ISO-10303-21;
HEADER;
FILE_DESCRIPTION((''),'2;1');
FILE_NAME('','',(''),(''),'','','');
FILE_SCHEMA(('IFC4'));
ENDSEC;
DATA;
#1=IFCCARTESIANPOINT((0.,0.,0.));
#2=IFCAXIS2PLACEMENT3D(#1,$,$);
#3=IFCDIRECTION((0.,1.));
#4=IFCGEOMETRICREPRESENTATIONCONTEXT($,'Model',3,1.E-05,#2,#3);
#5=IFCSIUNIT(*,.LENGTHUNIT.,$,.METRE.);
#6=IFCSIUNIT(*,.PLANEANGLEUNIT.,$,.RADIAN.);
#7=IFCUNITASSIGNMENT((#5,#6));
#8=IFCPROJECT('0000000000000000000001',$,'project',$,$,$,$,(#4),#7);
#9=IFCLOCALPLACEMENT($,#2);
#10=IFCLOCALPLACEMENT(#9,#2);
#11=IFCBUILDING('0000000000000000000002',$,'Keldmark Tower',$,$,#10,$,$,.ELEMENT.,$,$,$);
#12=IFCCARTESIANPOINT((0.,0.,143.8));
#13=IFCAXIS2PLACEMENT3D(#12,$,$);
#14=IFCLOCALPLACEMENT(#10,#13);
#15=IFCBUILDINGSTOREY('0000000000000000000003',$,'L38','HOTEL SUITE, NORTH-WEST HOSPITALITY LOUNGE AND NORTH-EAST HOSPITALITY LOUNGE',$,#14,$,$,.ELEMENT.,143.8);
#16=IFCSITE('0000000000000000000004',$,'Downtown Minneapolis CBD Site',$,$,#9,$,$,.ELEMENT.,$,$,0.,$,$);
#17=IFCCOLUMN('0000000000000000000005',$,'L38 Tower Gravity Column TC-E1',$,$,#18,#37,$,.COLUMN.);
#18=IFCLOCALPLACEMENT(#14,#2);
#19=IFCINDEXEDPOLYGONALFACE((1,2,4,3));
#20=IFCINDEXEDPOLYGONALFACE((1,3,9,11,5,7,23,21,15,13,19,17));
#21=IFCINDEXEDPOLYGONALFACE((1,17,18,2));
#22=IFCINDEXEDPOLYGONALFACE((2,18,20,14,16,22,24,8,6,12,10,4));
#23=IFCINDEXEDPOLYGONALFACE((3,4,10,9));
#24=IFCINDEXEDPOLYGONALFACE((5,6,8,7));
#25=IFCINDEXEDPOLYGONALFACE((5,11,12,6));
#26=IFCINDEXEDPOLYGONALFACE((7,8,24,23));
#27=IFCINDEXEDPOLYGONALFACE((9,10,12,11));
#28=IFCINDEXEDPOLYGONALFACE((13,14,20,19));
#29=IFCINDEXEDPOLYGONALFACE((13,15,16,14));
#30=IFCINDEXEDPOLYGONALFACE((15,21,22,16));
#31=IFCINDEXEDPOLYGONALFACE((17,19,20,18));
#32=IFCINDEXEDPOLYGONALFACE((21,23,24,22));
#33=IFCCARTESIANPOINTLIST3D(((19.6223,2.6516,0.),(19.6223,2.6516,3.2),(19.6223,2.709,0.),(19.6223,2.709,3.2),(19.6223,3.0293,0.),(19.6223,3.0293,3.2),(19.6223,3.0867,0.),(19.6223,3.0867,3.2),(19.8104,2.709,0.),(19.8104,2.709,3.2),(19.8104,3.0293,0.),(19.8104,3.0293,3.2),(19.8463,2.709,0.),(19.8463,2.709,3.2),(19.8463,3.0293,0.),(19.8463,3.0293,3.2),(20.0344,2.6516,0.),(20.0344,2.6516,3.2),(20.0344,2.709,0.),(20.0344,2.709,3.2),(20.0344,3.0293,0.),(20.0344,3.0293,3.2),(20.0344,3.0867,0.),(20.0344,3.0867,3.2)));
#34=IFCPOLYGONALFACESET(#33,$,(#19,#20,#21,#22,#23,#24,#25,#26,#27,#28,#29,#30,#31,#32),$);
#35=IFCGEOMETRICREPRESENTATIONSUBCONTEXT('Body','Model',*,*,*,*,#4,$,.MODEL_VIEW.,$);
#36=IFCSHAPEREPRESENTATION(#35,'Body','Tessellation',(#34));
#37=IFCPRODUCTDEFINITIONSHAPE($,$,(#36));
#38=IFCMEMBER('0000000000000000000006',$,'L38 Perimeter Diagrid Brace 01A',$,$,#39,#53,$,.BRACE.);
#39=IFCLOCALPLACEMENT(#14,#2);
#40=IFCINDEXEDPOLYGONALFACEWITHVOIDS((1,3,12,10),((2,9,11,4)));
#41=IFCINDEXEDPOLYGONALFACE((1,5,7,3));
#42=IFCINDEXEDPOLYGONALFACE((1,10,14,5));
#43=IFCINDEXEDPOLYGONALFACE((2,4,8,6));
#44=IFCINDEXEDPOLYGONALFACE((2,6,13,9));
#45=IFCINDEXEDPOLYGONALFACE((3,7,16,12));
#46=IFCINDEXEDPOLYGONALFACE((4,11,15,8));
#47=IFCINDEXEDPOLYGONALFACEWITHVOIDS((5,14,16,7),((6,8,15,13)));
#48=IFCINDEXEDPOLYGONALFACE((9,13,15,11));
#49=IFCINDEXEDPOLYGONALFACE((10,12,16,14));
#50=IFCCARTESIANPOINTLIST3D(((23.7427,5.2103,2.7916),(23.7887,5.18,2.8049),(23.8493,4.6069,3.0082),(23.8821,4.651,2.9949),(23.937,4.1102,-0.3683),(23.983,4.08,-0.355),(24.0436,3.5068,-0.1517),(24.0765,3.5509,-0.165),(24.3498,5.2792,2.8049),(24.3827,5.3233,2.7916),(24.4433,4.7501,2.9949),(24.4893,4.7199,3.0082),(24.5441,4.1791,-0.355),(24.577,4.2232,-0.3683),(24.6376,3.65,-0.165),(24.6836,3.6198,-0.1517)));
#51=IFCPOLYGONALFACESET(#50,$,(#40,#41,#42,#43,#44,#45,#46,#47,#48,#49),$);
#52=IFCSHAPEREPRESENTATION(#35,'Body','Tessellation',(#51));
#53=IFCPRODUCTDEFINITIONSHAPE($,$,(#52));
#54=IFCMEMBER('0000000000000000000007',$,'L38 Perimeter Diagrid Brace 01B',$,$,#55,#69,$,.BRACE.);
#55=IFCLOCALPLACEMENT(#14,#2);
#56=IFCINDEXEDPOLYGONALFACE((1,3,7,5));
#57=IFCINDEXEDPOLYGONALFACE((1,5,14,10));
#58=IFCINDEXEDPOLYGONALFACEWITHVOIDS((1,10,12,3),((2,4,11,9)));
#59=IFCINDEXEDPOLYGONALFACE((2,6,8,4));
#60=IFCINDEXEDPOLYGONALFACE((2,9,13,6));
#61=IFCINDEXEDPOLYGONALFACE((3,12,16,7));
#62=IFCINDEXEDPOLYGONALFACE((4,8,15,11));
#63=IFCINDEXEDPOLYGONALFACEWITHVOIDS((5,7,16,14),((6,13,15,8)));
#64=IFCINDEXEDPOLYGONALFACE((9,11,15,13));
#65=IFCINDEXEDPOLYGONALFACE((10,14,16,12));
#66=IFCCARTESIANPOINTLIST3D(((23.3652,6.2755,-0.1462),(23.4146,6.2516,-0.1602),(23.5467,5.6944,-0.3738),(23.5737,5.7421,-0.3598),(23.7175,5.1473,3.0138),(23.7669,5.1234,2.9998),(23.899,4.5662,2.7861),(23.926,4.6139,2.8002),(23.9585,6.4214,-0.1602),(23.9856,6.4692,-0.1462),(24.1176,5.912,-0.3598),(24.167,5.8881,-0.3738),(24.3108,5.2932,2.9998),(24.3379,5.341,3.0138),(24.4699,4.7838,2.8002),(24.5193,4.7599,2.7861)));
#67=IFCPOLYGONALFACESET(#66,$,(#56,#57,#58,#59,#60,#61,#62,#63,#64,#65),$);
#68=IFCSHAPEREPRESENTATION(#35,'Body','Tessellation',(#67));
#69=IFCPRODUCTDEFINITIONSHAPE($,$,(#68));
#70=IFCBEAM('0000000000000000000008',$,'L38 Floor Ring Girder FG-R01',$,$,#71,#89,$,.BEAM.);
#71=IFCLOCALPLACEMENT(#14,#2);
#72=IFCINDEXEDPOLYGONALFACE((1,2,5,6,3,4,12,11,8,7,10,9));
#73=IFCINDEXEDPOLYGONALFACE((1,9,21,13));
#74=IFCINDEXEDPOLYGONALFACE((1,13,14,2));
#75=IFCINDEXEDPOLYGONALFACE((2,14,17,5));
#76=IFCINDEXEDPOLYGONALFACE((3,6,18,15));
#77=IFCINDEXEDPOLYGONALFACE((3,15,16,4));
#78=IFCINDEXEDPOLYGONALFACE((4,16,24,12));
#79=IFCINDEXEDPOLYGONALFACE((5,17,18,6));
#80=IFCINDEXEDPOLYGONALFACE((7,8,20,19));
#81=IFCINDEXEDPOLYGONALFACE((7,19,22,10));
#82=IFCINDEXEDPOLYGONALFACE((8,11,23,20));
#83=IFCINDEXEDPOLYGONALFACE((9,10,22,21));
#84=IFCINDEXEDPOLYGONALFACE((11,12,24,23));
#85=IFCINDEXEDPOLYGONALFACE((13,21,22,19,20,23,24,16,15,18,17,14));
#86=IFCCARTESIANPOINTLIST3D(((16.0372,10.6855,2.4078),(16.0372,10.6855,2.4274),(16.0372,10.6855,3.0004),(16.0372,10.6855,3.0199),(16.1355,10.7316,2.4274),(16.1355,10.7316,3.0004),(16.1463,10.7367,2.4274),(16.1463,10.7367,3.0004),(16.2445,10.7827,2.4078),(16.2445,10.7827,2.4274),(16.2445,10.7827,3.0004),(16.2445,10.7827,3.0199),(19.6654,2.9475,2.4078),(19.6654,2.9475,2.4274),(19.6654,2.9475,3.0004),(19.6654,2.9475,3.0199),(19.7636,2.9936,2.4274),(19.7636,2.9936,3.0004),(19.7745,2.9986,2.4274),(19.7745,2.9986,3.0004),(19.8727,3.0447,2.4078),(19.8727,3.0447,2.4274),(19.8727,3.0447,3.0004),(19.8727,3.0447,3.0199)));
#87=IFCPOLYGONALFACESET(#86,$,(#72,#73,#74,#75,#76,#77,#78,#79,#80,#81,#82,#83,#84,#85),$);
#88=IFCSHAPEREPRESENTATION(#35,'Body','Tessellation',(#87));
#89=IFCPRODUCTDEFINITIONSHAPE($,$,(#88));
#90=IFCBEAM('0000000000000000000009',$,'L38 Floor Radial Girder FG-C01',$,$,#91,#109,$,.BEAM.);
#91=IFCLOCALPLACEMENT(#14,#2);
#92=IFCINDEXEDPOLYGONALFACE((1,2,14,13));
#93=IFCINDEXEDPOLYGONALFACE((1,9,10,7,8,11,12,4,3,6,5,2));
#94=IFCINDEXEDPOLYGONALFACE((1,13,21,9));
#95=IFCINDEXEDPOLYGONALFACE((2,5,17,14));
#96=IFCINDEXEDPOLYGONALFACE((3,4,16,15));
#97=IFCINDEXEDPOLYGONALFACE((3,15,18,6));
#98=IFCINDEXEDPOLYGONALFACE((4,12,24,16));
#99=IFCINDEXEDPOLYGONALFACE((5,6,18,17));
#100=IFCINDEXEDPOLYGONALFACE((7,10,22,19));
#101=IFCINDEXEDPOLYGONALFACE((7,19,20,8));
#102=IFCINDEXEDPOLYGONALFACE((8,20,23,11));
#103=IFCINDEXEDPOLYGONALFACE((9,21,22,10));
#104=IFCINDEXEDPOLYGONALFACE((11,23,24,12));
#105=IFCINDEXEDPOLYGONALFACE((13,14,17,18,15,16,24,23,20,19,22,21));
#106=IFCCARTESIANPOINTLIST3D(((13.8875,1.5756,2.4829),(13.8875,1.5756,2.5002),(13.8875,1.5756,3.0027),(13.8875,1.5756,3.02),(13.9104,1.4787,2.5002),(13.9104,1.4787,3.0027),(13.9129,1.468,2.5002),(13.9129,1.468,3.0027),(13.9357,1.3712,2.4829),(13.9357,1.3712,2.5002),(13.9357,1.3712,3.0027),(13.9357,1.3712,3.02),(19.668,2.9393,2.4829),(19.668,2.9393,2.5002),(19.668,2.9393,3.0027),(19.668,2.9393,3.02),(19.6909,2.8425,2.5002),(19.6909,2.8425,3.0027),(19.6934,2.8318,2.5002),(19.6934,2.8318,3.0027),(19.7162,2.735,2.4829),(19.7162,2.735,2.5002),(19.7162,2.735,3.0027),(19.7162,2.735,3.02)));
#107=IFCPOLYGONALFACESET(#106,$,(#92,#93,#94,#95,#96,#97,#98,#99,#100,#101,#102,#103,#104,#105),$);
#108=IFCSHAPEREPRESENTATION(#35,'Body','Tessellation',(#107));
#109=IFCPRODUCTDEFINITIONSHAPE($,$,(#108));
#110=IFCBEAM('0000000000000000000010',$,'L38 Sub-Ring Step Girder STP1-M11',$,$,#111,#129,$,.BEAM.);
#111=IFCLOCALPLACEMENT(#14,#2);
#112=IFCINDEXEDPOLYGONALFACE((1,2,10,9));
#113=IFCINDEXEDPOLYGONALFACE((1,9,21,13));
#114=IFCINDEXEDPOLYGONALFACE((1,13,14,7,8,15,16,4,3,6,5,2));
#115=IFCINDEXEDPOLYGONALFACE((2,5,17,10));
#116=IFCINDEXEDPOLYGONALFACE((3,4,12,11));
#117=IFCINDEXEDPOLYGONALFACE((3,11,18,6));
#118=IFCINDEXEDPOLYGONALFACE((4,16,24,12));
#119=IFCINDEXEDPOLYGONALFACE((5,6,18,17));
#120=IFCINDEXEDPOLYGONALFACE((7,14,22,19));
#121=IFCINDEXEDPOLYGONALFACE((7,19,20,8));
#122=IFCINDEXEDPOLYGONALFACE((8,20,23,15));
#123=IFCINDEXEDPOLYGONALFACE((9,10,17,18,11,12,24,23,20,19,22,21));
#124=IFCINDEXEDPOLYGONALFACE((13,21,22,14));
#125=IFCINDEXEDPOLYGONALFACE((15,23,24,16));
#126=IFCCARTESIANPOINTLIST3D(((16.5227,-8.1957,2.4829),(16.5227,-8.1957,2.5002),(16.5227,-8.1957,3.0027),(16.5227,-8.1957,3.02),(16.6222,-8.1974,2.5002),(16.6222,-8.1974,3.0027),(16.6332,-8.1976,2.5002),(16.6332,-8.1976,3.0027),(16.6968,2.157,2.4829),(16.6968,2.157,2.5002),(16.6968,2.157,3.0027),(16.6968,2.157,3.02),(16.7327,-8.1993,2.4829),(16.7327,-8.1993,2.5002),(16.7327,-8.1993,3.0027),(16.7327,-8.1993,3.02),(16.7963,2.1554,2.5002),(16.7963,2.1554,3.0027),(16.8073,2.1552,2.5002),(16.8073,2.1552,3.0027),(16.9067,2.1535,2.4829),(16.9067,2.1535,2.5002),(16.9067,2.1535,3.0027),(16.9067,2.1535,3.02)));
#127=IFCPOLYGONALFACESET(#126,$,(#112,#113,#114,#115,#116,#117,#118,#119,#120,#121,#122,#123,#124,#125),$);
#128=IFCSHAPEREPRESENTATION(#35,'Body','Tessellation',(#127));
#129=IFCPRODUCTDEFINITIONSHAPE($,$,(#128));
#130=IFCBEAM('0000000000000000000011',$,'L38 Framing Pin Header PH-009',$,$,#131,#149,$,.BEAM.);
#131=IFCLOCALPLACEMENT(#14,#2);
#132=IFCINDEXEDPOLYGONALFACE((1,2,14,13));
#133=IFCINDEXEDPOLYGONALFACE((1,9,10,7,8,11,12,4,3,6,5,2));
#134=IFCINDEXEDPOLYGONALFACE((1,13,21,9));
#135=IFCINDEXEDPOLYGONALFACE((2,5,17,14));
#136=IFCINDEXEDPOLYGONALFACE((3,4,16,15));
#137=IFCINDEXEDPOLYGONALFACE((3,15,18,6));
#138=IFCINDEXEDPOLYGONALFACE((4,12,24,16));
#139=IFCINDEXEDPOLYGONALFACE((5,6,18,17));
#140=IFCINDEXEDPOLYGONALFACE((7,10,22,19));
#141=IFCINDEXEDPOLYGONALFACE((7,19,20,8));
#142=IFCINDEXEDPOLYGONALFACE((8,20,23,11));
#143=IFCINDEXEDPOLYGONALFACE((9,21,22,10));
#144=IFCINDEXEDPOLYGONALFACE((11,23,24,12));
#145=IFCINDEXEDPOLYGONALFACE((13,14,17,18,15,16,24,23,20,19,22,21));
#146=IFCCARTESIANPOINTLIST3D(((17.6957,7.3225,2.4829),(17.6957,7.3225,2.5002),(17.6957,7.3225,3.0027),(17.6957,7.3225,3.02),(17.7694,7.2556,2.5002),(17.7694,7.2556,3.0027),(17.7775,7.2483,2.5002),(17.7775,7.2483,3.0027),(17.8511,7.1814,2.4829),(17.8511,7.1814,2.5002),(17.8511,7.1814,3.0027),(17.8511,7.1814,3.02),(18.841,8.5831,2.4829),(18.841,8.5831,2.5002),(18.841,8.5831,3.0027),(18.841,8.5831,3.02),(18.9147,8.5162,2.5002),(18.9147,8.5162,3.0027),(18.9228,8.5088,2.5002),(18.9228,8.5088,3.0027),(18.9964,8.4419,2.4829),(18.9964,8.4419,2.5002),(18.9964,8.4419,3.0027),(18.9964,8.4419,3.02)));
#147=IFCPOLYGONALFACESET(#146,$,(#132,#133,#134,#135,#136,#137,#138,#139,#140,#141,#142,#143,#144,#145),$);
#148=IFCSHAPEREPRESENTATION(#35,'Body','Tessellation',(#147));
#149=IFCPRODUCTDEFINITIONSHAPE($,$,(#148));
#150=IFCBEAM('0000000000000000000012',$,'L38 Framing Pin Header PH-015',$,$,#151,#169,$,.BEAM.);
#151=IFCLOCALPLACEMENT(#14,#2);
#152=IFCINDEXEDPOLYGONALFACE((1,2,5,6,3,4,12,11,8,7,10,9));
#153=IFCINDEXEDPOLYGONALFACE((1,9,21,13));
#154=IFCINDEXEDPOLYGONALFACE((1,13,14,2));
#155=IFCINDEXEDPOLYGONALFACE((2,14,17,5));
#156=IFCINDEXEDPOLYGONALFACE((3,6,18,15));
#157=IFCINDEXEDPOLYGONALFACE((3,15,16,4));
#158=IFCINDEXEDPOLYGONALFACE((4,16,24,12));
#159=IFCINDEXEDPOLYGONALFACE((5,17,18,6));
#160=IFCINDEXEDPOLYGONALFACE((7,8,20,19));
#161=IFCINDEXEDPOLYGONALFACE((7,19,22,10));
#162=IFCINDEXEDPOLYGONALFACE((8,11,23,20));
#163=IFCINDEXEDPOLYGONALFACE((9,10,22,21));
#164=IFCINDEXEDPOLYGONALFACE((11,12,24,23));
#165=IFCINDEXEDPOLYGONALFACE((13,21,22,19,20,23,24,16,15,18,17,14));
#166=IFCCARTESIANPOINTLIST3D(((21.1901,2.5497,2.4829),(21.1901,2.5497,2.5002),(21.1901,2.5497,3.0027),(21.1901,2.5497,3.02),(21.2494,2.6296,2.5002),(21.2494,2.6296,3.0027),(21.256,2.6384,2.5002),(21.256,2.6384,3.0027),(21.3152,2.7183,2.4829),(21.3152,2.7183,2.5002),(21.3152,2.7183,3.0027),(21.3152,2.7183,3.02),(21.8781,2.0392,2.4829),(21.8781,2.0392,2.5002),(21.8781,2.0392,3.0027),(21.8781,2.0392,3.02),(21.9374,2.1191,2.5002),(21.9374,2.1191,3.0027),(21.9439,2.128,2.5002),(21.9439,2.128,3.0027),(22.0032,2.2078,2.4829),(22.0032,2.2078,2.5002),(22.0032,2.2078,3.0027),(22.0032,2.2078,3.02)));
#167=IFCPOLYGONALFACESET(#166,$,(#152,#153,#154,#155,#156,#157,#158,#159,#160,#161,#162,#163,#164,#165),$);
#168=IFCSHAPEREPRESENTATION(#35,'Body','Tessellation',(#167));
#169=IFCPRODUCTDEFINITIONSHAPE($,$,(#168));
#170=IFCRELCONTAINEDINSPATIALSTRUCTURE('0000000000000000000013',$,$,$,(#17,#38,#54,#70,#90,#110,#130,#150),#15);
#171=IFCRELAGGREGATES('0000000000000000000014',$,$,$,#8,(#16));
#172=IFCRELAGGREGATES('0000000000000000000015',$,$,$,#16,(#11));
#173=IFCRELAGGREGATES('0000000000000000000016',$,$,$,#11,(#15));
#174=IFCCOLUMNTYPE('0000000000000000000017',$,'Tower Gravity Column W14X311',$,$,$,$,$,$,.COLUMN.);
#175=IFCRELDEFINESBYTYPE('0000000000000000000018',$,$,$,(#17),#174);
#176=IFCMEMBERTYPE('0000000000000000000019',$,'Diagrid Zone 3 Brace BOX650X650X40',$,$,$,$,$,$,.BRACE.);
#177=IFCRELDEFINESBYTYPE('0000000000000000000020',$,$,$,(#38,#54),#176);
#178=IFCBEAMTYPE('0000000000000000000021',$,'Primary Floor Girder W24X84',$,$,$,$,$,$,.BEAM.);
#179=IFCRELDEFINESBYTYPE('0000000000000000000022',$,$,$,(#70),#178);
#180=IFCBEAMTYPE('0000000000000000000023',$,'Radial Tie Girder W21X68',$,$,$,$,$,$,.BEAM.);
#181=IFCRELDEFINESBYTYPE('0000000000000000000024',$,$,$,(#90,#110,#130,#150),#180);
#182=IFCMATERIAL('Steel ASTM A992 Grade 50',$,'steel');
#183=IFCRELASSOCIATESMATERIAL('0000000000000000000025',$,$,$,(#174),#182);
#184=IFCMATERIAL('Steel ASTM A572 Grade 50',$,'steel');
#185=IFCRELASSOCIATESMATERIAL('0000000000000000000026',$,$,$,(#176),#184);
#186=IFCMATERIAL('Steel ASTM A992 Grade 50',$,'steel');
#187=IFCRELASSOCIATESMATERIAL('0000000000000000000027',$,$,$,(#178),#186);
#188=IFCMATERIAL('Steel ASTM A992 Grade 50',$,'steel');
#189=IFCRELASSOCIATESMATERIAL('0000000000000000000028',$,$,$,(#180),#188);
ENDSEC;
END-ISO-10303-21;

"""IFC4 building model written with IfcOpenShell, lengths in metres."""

from ifc_helpers import new_model, si_unit, direction, frame, origin, origin_2d, place, context, subcontext, project, spatial, hollow_rectangle, i_section, extrude, material, material_profile, profile_set, type_object, element, save


model = new_model("IFC4")

# Units and contexts
model_context = context("Model", 3, precision=1e-05, world=origin(), true_north=direction((0.0, 1.0)))
body_context = subcontext(model_context, "Body", "Model", "MODEL_VIEW")
ifc_project = project(units=[si_unit("LENGTHUNIT", "METRE"), si_unit("PLANEANGLEUNIT", "RADIAN")], contexts=[model_context])

# Site, building, storey
site_placement = place(None, origin())
site = spatial("IfcSite", under=ifc_project, at=site_placement, Name="Downtown Minneapolis CBD Site", CompositionType="ELEMENT", RefElevation=0.0)
building_placement = place(site_placement, origin())
building = spatial("IfcBuilding", under=site, at=building_placement, Name="Keldmark Tower", CompositionType="ELEMENT")
storey_placement = place(building_placement, frame((0.0, 0.0, 143.8)))
storey = spatial("IfcBuildingStorey", under=building, at=storey_placement, Name="L38", Description="HOTEL SUITE, NORTH-WEST HOSPITALITY LOUNGE AND NORTH-EAST HOSPITALITY LOUNGE", CompositionType="ELEMENT", Elevation=143.8)

# Column
ifc_material_1 = material(Name="Steel ASTM A992 Grade 50", Category="steel")
ifc_material_profile_1 = material_profile(ifc_material_1, i_section(OverallWidth=0.4121, OverallDepth=0.4351, WebThickness=0.0359, FlangeThickness=0.0574, at=origin_2d()), Name="W14X311")
ifc_profile_set_1 = profile_set([ifc_material_profile_1], Name="Steel ASTM A992 Grade 50")
column_type = type_object("IfcColumnType", Name="Tower Gravity Column W14X311", PredefinedType="COLUMN", material=ifc_profile_set_1)
column_placement = place(storey_placement, frame((19.8284, 2.8691, 0.0), z_axis=(0.0, 0.0, 1.0), x_axis=(1.0, 0.0, 0.0)))
element("IfcColumn", 1, at=column_placement, inside=storey, type_object=column_type, Name="L38 Tower Gravity Column TC-E1", PredefinedType="COLUMN", context=body_context, shape_type="SweptSolid", body=[
    extrude(i_section(OverallWidth=0.4121, OverallDepth=0.4351, WebThickness=0.0359, FlangeThickness=0.0574, at=origin_2d()), origin(), (0.0, 0.0, 1.0), 3.2),
])

# Members
ifc_material_2 = material(Name="Steel ASTM A572 Grade 50", Category="steel")
ifc_material_profile_2 = material_profile(ifc_material_2, hollow_rectangle(XDim=0.6499, YDim=0.6499, WallThickness=0.04, at=origin_2d()), Name="BOX650X650X40")
ifc_profile_set_2 = profile_set([ifc_material_profile_2], Name="Steel ASTM A572 Grade 50")
member_type = type_object("IfcMemberType", Name="Diagrid Zone 3 Brace BOX650X650X40", PredefinedType="BRACE", material=ifc_profile_set_2)
member_1_placement = place(storey_placement, frame((24.3103, 3.865, -0.26), z_axis=(-0.057984, 0.328233, 0.942815), x_axis=(-0.984753, -0.17396, 0.0)))
element("IfcMember", 2, at=member_1_placement, inside=storey, type_object=member_type, Name="L38 Perimeter Diagrid Brace 01A", PredefinedType="BRACE", context=body_context, shape_type="SweptSolid", body=[
    extrude(hollow_rectangle(XDim=0.6499, YDim=0.6499, WallThickness=0.04, at=origin_2d()), origin(), (0.0, 0.0, 1.0), 3.3516),
])
member_2_placement = place(storey_placement, frame((23.7661, 6.0818, -0.26), z_axis=(0.104424, -0.334401, 0.936628), x_axis=(0.954542, 0.298075, 0.0)))
element("IfcMember", 3, at=member_2_placement, inside=storey, type_object=member_type, Name="L38 Perimeter Diagrid Brace 01B", PredefinedType="BRACE", context=body_context, shape_type="SweptSolid", body=[
    extrude(hollow_rectangle(XDim=0.6499, YDim=0.6499, WallThickness=0.04, at=origin_2d()), origin(), (0.0, 0.0, 1.0), 3.3738),
])

# Beams
ifc_material_3 = material(Name="Steel ASTM A992 Grade 50", Category="steel")
ifc_material_profile_3 = material_profile(ifc_material_3, i_section(OverallWidth=0.229, OverallDepth=0.6121, WebThickness=0.012, FlangeThickness=0.0195, at=origin_2d()), Name="W24X84")
ifc_profile_set_3 = profile_set([ifc_material_profile_3], Name="Steel ASTM A992 Grade 50")
beam_type_1 = type_object("IfcBeamType", Name="Primary Floor Girder W24X84", PredefinedType="BEAM", material=ifc_profile_set_3)
beam_1_placement = place(storey_placement, frame((19.769, 2.9961, 2.7139), z_axis=(-0.424527, 0.905415, 0.0), x_axis=(-0.905415, -0.424527, 0.0)))
element("IfcBeam", 4, at=beam_1_placement, inside=storey, type_object=beam_type_1, Name="L38 Floor Ring Girder FG-R01", PredefinedType="BEAM", context=body_context, shape_type="SweptSolid", body=[
    extrude(i_section(OverallWidth=0.229, OverallDepth=0.6121, WebThickness=0.012, FlangeThickness=0.0195, at=origin_2d()), origin(), (0.0, 0.0, 1.0), 8.5464),
])
ifc_material_4 = material(Name="Steel ASTM A992 Grade 50", Category="steel")
ifc_material_profile_4 = material_profile(ifc_material_4, i_section(OverallWidth=0.21, OverallDepth=0.5371, WebThickness=0.011, FlangeThickness=0.0173, at=origin_2d()), Name="W21X68")
ifc_profile_set_4 = profile_set([ifc_material_profile_4], Name="Steel ASTM A992 Grade 50")
beam_type_2 = type_object("IfcBeamType", Name="Radial Tie Girder W21X68", PredefinedType="BEAM", material=ifc_profile_set_4)
beam_2_placement = place(storey_placement, frame((19.6921, 2.8372, 2.7515), z_axis=(-0.97328, -0.229621, 0.0), x_axis=(0.229621, -0.97328, 0.0)))
element("IfcBeam", 5, at=beam_2_placement, inside=storey, type_object=beam_type_2, Name="L38 Floor Radial Girder FG-C01", PredefinedType="BEAM", context=body_context, shape_type="SweptSolid", body=[
    extrude(i_section(OverallWidth=0.21, OverallDepth=0.5371, WebThickness=0.011, FlangeThickness=0.0173, at=origin_2d()), origin(), (0.0, 0.0, 1.0), 5.9392),
])
beam_3_placement = place(storey_placement, frame((16.8018, 2.1553, 2.7515), z_axis=(-0.016812, -0.999859, 0.0), x_axis=(0.999859, -0.016812, 0.0)))
element("IfcBeam", 6, at=beam_3_placement, inside=storey, type_object=beam_type_2, Name="L38 Sub-Ring Step Girder STP1-M11", PredefinedType="BEAM", context=body_context, shape_type="SweptSolid", body=[
    extrude(i_section(OverallWidth=0.21, OverallDepth=0.5371, WebThickness=0.011, FlangeThickness=0.0173, at=origin_2d()), origin(), (0.0, 0.0, 1.0), 10.3542),
])
beam_4_placement = place(storey_placement, frame((17.7734, 7.252, 2.7515), z_axis=(0.672466, 0.740128, 0.0), x_axis=(-0.740128, 0.672466, 0.0)))
element("IfcBeam", 7, at=beam_4_placement, inside=storey, type_object=beam_type_2, Name="L38 Framing Pin Header PH-009", PredefinedType="BEAM", context=body_context, shape_type="SweptSolid", body=[
    extrude(i_section(OverallWidth=0.21, OverallDepth=0.5371, WebThickness=0.011, FlangeThickness=0.0173, at=origin_2d()), origin(), (0.0, 0.0, 1.0), 1.7031),
])
beam_5_placement = place(storey_placement, frame((21.2527, 2.634, 2.7515), z_axis=(0.803067, -0.595888, 0.0), x_axis=(0.595888, 0.803067, 0.0)))
element("IfcBeam", 8, at=beam_5_placement, inside=storey, type_object=beam_type_2, Name="L38 Framing Pin Header PH-015", PredefinedType="BEAM", context=body_context, shape_type="SweptSolid", body=[
    extrude(i_section(OverallWidth=0.21, OverallDepth=0.5371, WebThickness=0.011, FlangeThickness=0.0173, at=origin_2d()), origin(), (0.0, 0.0, 1.0), 0.8567),
])

save(model, "model.ifc")
